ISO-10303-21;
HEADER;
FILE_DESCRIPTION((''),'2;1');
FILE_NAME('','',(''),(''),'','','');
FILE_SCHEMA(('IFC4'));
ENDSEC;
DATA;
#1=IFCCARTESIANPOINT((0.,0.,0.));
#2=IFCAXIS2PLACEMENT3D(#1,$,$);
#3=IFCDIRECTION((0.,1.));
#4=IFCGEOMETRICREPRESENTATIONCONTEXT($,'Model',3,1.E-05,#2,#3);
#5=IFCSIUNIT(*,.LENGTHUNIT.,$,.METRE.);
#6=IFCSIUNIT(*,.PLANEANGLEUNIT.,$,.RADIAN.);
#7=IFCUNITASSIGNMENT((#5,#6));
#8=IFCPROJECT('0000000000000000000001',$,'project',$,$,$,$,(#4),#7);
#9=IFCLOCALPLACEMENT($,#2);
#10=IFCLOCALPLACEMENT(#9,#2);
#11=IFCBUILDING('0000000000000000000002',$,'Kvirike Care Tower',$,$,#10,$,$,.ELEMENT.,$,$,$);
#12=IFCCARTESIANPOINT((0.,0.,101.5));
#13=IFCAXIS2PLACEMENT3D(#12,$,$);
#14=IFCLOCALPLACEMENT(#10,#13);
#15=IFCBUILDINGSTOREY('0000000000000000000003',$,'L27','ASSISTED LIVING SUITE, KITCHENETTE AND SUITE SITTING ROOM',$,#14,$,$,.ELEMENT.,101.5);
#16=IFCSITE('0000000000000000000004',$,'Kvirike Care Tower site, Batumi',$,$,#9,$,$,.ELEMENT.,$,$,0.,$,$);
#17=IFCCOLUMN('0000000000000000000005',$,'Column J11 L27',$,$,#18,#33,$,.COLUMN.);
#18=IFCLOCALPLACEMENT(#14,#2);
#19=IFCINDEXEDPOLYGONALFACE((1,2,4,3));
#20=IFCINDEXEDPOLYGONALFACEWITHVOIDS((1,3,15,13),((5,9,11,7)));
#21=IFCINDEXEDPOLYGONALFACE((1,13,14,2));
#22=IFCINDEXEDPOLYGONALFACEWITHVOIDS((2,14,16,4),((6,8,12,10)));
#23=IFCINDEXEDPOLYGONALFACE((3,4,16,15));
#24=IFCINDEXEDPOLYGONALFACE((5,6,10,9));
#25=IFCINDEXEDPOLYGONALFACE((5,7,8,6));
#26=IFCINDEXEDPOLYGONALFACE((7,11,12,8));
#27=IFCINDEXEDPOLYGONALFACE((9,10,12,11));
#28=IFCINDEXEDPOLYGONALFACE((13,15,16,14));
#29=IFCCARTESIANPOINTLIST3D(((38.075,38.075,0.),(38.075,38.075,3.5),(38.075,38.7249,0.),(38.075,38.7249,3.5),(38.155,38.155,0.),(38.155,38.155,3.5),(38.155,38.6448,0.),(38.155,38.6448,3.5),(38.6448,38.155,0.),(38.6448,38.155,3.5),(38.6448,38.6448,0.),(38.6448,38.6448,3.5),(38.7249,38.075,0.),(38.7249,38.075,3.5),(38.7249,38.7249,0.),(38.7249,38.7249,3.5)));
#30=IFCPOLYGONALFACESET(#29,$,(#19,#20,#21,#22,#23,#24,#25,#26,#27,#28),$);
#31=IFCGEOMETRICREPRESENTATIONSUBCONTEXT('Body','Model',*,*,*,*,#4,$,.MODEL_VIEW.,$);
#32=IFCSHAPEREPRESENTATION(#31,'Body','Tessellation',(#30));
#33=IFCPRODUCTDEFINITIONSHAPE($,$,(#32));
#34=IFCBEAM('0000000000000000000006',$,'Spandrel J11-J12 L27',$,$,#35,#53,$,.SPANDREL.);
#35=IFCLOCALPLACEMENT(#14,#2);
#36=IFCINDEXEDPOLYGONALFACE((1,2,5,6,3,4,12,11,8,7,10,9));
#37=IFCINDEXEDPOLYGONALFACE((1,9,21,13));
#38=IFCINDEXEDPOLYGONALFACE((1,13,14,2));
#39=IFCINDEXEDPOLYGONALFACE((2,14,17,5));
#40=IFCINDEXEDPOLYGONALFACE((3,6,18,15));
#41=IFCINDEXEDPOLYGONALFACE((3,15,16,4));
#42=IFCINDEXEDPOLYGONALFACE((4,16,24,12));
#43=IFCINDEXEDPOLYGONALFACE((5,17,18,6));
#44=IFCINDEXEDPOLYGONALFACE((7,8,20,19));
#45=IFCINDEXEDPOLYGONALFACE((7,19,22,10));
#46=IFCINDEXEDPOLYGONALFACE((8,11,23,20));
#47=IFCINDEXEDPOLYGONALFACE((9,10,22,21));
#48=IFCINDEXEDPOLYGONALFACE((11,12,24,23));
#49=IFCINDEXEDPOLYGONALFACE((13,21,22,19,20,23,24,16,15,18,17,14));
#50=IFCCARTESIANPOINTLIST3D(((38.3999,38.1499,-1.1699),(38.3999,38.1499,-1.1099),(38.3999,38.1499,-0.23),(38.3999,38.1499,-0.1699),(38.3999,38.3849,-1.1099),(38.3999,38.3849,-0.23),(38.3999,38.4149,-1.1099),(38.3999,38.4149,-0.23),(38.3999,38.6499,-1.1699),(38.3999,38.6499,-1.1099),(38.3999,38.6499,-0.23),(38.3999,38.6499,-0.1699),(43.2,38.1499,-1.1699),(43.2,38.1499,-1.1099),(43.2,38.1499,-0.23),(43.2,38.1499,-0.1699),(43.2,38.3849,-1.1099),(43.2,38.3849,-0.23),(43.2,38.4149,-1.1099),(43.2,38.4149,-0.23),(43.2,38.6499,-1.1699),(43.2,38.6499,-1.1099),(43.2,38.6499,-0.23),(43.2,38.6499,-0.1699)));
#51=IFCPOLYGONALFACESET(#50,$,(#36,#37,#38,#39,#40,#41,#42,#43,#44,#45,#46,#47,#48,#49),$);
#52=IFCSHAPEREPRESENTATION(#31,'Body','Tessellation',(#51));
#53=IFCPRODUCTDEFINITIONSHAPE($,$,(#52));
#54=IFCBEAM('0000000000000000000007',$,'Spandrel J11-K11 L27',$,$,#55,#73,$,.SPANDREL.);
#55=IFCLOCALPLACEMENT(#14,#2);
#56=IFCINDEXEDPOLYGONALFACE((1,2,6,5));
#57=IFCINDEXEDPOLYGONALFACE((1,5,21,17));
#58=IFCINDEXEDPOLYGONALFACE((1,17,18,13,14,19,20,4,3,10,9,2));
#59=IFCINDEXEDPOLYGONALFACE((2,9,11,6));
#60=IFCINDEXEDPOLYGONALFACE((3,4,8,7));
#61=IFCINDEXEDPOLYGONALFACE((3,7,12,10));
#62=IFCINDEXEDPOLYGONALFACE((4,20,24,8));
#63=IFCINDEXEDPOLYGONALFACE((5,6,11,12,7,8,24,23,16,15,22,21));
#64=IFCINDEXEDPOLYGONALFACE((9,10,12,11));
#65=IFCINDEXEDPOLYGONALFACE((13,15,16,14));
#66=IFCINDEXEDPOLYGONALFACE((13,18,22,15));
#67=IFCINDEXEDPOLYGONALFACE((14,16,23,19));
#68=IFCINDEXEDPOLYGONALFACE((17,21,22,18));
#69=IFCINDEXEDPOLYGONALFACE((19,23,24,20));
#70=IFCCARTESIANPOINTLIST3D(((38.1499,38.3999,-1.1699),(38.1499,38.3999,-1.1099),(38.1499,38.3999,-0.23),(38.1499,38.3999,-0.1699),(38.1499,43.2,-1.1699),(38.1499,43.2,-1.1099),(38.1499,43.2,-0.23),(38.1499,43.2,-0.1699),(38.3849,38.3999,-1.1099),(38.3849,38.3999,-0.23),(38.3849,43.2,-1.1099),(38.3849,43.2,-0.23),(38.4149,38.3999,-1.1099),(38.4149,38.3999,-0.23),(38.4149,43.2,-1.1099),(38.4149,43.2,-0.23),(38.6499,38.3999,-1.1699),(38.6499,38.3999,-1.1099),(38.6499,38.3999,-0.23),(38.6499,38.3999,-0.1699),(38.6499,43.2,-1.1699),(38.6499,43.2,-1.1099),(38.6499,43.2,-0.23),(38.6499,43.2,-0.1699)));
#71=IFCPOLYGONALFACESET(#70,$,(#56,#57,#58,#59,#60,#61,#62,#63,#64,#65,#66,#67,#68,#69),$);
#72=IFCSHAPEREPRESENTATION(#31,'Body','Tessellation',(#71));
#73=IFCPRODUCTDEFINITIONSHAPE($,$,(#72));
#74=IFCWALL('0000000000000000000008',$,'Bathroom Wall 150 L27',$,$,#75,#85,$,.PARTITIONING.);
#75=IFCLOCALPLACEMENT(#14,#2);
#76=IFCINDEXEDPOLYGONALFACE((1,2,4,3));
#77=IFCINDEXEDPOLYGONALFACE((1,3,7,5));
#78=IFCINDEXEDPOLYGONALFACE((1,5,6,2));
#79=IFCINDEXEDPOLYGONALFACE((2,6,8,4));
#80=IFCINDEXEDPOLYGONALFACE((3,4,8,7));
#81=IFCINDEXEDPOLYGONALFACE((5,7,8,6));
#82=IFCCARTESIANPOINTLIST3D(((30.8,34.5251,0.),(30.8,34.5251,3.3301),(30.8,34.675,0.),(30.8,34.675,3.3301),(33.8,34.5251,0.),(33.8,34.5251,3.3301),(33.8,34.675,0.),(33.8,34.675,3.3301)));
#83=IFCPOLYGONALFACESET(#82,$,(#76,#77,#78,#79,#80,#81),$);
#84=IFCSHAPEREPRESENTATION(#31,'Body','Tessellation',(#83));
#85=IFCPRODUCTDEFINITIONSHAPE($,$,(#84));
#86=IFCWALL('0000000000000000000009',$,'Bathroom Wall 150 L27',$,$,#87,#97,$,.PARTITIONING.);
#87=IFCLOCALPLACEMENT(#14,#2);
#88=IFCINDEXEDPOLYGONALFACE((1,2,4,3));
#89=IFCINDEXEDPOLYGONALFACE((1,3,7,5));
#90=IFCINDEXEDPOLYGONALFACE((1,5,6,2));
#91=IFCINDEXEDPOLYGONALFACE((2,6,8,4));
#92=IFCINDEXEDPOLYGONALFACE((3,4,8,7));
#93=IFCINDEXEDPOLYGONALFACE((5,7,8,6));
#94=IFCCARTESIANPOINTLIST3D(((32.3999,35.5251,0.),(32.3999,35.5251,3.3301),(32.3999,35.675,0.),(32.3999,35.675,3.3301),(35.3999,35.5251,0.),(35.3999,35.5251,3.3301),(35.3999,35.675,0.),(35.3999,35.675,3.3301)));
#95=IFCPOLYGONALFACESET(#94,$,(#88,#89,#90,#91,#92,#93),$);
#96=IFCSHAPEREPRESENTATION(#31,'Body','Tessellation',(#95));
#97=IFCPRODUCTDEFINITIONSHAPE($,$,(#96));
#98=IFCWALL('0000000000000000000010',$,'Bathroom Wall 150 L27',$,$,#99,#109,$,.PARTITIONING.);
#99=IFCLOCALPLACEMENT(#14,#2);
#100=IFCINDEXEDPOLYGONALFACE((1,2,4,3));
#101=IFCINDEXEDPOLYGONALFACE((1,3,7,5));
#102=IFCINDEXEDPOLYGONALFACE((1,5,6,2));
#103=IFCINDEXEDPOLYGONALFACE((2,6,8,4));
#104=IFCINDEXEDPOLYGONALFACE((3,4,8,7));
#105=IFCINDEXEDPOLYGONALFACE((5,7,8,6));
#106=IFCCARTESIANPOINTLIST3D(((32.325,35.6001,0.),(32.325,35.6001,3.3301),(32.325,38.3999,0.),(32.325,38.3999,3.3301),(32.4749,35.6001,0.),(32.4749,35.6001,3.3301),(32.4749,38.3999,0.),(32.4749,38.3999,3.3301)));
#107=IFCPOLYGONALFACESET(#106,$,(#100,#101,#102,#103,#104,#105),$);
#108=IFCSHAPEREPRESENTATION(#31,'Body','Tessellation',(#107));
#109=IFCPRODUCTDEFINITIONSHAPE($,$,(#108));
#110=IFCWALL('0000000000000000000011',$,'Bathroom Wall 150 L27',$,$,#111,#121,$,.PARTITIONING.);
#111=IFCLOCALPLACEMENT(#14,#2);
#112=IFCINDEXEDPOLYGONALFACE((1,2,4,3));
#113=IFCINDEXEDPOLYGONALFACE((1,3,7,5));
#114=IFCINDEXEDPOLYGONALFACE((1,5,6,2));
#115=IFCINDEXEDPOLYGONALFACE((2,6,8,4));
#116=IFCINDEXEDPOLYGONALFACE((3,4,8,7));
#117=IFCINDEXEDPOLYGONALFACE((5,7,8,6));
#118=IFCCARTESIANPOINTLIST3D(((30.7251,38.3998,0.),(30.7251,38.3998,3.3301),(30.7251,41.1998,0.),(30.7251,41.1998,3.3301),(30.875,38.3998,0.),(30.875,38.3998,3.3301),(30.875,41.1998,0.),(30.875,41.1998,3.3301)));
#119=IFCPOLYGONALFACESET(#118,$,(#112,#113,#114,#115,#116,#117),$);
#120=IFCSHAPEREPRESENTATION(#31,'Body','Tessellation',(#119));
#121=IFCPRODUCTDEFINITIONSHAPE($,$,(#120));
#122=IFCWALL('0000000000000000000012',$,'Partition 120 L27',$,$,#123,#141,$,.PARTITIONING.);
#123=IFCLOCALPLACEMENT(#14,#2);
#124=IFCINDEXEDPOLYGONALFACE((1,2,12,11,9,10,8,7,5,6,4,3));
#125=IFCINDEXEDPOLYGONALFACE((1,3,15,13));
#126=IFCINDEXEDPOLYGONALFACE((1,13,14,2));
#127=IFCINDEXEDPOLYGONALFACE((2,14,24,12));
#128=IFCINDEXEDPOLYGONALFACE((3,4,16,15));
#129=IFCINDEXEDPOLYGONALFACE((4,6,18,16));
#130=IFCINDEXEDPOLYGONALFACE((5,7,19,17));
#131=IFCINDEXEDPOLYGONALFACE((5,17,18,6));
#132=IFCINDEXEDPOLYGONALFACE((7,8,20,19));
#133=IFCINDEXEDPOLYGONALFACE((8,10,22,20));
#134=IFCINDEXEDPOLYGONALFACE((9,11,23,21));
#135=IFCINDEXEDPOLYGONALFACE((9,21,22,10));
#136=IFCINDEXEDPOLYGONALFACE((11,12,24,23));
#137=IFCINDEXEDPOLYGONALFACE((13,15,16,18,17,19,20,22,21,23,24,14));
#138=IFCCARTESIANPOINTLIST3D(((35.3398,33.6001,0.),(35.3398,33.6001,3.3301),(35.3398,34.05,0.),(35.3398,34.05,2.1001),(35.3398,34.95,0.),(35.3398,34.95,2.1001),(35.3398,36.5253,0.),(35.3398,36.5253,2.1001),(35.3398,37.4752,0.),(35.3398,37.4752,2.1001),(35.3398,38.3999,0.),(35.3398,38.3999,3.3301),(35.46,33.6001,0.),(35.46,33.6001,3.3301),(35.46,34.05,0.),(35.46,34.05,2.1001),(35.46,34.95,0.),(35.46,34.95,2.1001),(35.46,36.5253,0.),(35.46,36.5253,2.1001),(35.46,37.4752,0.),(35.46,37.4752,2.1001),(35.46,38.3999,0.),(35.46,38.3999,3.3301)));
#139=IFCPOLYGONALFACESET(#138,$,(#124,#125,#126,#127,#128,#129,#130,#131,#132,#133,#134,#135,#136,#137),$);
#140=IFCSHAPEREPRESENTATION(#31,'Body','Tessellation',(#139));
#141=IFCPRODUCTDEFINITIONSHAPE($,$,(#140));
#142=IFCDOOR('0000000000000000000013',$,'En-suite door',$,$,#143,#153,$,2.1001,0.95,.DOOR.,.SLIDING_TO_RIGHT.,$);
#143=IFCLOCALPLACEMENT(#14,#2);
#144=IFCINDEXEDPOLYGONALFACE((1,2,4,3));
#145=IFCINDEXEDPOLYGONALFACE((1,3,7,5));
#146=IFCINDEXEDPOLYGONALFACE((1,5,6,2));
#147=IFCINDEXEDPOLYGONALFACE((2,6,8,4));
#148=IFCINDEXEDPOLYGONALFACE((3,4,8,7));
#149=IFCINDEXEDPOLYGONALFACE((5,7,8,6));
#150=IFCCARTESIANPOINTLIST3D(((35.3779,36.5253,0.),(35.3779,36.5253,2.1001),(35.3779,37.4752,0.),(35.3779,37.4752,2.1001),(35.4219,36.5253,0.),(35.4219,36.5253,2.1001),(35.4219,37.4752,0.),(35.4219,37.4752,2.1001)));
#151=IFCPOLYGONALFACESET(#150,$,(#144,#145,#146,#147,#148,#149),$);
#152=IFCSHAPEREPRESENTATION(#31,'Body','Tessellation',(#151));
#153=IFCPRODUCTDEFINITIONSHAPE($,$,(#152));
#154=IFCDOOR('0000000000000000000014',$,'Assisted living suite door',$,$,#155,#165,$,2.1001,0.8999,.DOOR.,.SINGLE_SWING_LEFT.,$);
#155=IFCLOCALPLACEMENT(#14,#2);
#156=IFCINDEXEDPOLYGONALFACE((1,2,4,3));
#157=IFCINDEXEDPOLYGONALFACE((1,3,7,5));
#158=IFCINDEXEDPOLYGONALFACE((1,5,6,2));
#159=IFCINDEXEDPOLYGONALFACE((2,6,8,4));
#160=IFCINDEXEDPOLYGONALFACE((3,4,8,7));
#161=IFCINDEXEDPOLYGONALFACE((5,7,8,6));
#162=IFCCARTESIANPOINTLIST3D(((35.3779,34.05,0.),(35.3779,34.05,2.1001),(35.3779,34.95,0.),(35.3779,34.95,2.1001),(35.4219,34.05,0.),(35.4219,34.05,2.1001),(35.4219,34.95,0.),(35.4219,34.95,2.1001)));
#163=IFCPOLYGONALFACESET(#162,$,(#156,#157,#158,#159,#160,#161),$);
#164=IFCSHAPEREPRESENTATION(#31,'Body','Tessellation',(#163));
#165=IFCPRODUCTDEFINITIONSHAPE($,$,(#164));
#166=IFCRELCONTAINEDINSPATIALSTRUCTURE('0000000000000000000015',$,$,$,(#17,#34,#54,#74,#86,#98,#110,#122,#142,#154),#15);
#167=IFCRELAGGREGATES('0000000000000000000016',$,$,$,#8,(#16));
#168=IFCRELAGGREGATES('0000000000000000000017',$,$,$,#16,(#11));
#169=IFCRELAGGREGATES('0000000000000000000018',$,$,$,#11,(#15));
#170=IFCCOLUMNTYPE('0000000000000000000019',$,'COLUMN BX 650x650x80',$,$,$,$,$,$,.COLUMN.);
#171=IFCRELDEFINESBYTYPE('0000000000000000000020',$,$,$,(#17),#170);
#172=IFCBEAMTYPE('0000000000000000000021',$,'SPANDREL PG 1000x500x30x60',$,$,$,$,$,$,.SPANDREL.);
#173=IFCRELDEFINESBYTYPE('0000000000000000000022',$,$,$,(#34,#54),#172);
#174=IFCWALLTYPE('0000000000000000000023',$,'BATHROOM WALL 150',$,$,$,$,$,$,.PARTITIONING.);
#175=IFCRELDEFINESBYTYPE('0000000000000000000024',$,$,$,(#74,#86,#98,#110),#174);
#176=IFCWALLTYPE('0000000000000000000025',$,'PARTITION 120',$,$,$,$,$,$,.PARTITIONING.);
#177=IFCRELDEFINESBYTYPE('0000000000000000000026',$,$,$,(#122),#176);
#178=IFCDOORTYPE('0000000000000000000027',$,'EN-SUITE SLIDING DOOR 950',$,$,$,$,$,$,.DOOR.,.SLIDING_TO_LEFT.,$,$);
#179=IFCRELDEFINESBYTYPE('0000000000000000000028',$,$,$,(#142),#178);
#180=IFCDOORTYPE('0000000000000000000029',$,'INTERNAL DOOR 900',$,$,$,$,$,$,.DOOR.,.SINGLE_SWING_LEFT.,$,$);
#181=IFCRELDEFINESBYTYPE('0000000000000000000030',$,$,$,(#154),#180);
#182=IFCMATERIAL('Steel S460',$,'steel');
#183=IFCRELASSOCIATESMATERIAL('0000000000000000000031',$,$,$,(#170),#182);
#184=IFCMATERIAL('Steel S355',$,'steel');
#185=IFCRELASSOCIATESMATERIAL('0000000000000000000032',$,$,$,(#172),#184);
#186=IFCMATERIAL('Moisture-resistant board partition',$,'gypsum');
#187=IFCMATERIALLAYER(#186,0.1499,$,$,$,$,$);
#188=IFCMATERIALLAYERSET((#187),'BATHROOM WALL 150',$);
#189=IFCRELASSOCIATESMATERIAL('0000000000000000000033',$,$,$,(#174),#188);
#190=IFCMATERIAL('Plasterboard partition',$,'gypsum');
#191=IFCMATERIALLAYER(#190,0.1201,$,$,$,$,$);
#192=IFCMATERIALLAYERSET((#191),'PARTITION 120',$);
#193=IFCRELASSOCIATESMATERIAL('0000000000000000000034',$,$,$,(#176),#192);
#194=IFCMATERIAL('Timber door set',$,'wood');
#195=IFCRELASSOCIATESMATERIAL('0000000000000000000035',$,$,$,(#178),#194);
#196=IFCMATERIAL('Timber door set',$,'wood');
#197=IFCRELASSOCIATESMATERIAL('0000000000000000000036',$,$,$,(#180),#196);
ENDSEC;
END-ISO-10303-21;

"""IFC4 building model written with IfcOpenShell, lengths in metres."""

from ifc_helpers import new_model, si_unit, direction, frame, frame_2d, origin, origin_2d, place, context, subcontext, project, spatial, rectangle, hollow_rectangle, i_section, extrude, material, layer, layer_set, material_profile, profile_set, type_object, element, fill, save


model = new_model("IFC4")

# Units and contexts
model_context = context("Model", 3, precision=1e-05, world=origin(), true_north=direction((0.0, 1.0)))
body_context = subcontext(model_context, "Body", "Model", "MODEL_VIEW")
ifc_project = project(units=[si_unit("LENGTHUNIT", "METRE"), si_unit("PLANEANGLEUNIT", "RADIAN")], contexts=[model_context])

# Site, building, storey
site_placement = place(None, origin())
site = spatial("IfcSite", under=ifc_project, at=site_placement, Name="Kvirike Care Tower site, Batumi", CompositionType="ELEMENT", RefElevation=0.0)
building_placement = place(site_placement, origin())
building = spatial("IfcBuilding", under=site, at=building_placement, Name="Kvirike Care Tower", CompositionType="ELEMENT")
storey_placement = place(building_placement, frame((0.0, 0.0, 101.5)))
storey = spatial("IfcBuildingStorey", under=building, at=storey_placement, Name="L27", Description="ASSISTED LIVING SUITE, KITCHENETTE AND SUITE SITTING ROOM", CompositionType="ELEMENT", Elevation=101.5)

# Column
ifc_material_1 = material(Name="Steel S460", Category="steel")
ifc_material_profile_1 = material_profile(ifc_material_1, hollow_rectangle(XDim=0.6499, YDim=0.6499, WallThickness=0.0801, at=origin_2d()), Name="BX 650x650x80")
ifc_profile_set_1 = profile_set([ifc_material_profile_1], Name="Steel S460")
column_type = type_object("IfcColumnType", Name="COLUMN BX 650x650x80", PredefinedType="COLUMN", material=ifc_profile_set_1)
column_placement = place(storey_placement, frame((38.3999, 38.3999, 0.0), z_axis=(0.0, 0.0, 1.0), x_axis=(0.0, 1.0, 0.0)))
element("IfcColumn", 1, at=column_placement, inside=storey, type_object=column_type, Name="Column J11 L27", PredefinedType="COLUMN", context=body_context, shape_type="SweptSolid", body=[
    extrude(hollow_rectangle(XDim=0.6499, YDim=0.6499, WallThickness=0.0801, at=origin_2d()), origin(), (0.0, 0.0, 1.0), 3.5),
])

# Beams
ifc_material_2 = material(Name="Steel S355", Category="steel")
ifc_material_profile_2 = material_profile(ifc_material_2, i_section(OverallWidth=0.5, OverallDepth=1.0, WebThickness=0.03, FlangeThickness=0.0601, at=origin_2d()), Name="PG 1000x500x30x60")
ifc_profile_set_2 = profile_set([ifc_material_profile_2], Name="Steel S355")
beam_type = type_object("IfcBeamType", Name="SPANDREL PG 1000x500x30x60", PredefinedType="SPANDREL", material=ifc_profile_set_2)
for number, where, z_axis, x_axis, name in (
    (2, (38.3999, 38.3999, -0.6699), (1.0, 0.0, 0.0), (0.0, 1.0, 0.0), "Spandrel J11-J12 L27"),
    (3, (38.3999, 38.3999, -0.6699), (0.0, 1.0, 0.0), (-1.0, 0.0, 0.0), "Spandrel J11-K11 L27"),
):
    element("IfcBeam", number, at=place(storey_placement, frame(where, z_axis=z_axis, x_axis=x_axis)), inside=storey, type_object=beam_type, Name=name, PredefinedType="SPANDREL", context=body_context, shape_type="SweptSolid", body=[
        extrude(i_section(OverallWidth=0.5, OverallDepth=1.0, WebThickness=0.03, FlangeThickness=0.0601, at=origin_2d()), origin(), (0.0, 0.0, 1.0), 4.8),
    ])

# Walls
ifc_material_3 = material(Name="Moisture-resistant board partition", Category="gypsum")
ifc_layer_1 = layer(ifc_material_3, 0.1499)
ifc_layer_set_1 = layer_set([ifc_layer_1], Name="BATHROOM WALL 150")
wall_type_1 = type_object("IfcWallType", Name="BATHROOM WALL 150", PredefinedType="PARTITIONING", material=ifc_layer_set_1)
for number, where, z_axis, x_axis, name in (
    (4, (33.8, 34.6001, 0.0), (0.0, 0.0, 1.0), (-1.0, 0.0, 0.0), "Bathroom Wall 150 L27"),
    (5, (35.3999, 35.6001, 0.0), (0.0, 0.0, 1.0), (-1.0, 0.0, 0.0), "Bathroom Wall 150 L27"),
):
    element("IfcWall", number, at=place(storey_placement, frame(where, z_axis=z_axis, x_axis=x_axis)), inside=storey, type_object=wall_type_1, Name=name, PredefinedType="PARTITIONING", context=body_context, shape_type="SweptSolid", body=[
        extrude(rectangle(XDim=3.0, YDim=0.1499, at=frame_2d((1.5, 0.0))), origin(), (0.0, 0.0, 1.0), 3.3301),
    ])
wall_1_placement = place(storey_placement, frame((32.3999, 35.6001, 0.0), z_axis=(0.0, 0.0, 1.0), x_axis=(0.0, 1.0, 0.0)))
element("IfcWall", 6, at=wall_1_placement, inside=storey, type_object=wall_type_1, Name="Bathroom Wall 150 L27", PredefinedType="PARTITIONING", context=body_context, shape_type="SweptSolid", body=[
    extrude(rectangle(XDim=2.7998, YDim=0.1499, at=frame_2d((1.3999, 0.0))), origin(), (0.0, 0.0, 1.0), 3.3301),
])
wall_2_placement = place(storey_placement, frame((30.8, 38.3999, 0.0), z_axis=(0.0, 0.0, 1.0), x_axis=(0.0, 1.0, 0.0)))
element("IfcWall", 7, at=wall_2_placement, inside=storey, type_object=wall_type_1, Name="Bathroom Wall 150 L27", PredefinedType="PARTITIONING", context=body_context, shape_type="SweptSolid", body=[
    extrude(rectangle(XDim=2.8, YDim=0.1499, at=frame_2d((1.3999, 0.0))), origin(), (0.0, 0.0, 1.0), 3.3301),
])

# Wall, openings, doors
ifc_material_4 = material(Name="Plasterboard partition", Category="gypsum")
ifc_layer_2 = layer(ifc_material_4, 0.1201)
ifc_layer_set_2 = layer_set([ifc_layer_2], Name="PARTITION 120")
wall_type_2 = type_object("IfcWallType", Name="PARTITION 120", PredefinedType="PARTITIONING", material=ifc_layer_set_2)
wall_3_placement = place(storey_placement, frame((35.3999, 33.6001, 0.0), z_axis=(0.0, 0.0, 1.0), x_axis=(0.0, 1.0, 0.0)))
wall_3 = element("IfcWall", 8, at=wall_3_placement, inside=storey, type_object=wall_type_2, Name="Partition 120 L27", PredefinedType="PARTITIONING", context=body_context, shape_type="SweptSolid", body=[
    extrude(rectangle(XDim=4.7998, YDim=0.1201, at=frame_2d((2.3999, 0.0))), origin(), (0.0, 0.0, 1.0), 3.3301),
])
opening_1_placement = place(wall_3_placement, frame((0.45, 0.0, 0.0)))
opening_1 = element("IfcOpeningElement", 9, at=opening_1_placement, cuts=wall_3, PredefinedType="OPENING", context=body_context, shape_type="SweptSolid", body=[
    extrude(rectangle(XDim=0.8999, YDim=2.1001, at=frame_2d((0.45, 1.05))), frame((0.0, 0.0706, 0.0), z_axis=(0.0, -1.0, 0.0), x_axis=(1.0, 0.0, 0.0)), (0.0, 0.0, 1.0), 0.1411),
])
opening_2_placement = place(wall_3_placement, frame((2.925, 0.0, 0.0)))
opening_2 = element("IfcOpeningElement", 10, at=opening_2_placement, cuts=wall_3, PredefinedType="OPENING", context=body_context, shape_type="SweptSolid", body=[
    extrude(rectangle(XDim=0.95, YDim=2.1001, at=frame_2d((0.4751, 1.05))), frame((0.0, 0.0706, 0.0), z_axis=(0.0, -1.0, 0.0), x_axis=(1.0, 0.0, 0.0)), (0.0, 0.0, 1.0), 0.1411),
])
ifc_material_5 = material(Name="Timber door set", Category="wood")
door_type_1 = type_object("IfcDoorType", Name="EN-SUITE SLIDING DOOR 950", OperationType="SLIDING_TO_LEFT", PredefinedType="DOOR", material=ifc_material_5)
door_1_placement = place(opening_2_placement, origin())
door_1 = element("IfcDoor", 11, at=door_1_placement, inside=storey, type_object=door_type_1, Name="En-suite door", OperationType="SLIDING_TO_RIGHT", OverallHeight=2.1001, OverallWidth=0.95, PredefinedType="DOOR", context=body_context, shape_type="SweptSolid", body=[
    extrude(rectangle(XDim=0.95, YDim=2.1001, at=frame_2d((0.4751, 1.05))), frame((0.0, 0.022, 0.0), z_axis=(0.0, -1.0, 0.0), x_axis=(1.0, 0.0, 0.0)), (0.0, 0.0, 1.0), 0.0439),
])
fill(opening_2, door_1)
ifc_material_6 = material(Name="Timber door set", Category="wood")
door_type_2 = type_object("IfcDoorType", Name="INTERNAL DOOR 900", OperationType="SINGLE_SWING_LEFT", PredefinedType="DOOR", material=ifc_material_6)
door_2_placement = place(opening_1_placement, origin())
door_2 = element("IfcDoor", 12, at=door_2_placement, inside=storey, type_object=door_type_2, Name="Assisted living suite door", OperationType="SINGLE_SWING_LEFT", OverallHeight=2.1001, OverallWidth=0.8999, PredefinedType="DOOR", context=body_context, shape_type="SweptSolid", body=[
    extrude(rectangle(XDim=0.8999, YDim=2.1001, at=frame_2d((0.45, 1.05))), frame((0.0, 0.022, 0.0), z_axis=(0.0, -1.0, 0.0), x_axis=(1.0, 0.0, 0.0)), (0.0, 0.0, 1.0), 0.0439),
])
fill(opening_1, door_2)

save(model, "model.ifc")
